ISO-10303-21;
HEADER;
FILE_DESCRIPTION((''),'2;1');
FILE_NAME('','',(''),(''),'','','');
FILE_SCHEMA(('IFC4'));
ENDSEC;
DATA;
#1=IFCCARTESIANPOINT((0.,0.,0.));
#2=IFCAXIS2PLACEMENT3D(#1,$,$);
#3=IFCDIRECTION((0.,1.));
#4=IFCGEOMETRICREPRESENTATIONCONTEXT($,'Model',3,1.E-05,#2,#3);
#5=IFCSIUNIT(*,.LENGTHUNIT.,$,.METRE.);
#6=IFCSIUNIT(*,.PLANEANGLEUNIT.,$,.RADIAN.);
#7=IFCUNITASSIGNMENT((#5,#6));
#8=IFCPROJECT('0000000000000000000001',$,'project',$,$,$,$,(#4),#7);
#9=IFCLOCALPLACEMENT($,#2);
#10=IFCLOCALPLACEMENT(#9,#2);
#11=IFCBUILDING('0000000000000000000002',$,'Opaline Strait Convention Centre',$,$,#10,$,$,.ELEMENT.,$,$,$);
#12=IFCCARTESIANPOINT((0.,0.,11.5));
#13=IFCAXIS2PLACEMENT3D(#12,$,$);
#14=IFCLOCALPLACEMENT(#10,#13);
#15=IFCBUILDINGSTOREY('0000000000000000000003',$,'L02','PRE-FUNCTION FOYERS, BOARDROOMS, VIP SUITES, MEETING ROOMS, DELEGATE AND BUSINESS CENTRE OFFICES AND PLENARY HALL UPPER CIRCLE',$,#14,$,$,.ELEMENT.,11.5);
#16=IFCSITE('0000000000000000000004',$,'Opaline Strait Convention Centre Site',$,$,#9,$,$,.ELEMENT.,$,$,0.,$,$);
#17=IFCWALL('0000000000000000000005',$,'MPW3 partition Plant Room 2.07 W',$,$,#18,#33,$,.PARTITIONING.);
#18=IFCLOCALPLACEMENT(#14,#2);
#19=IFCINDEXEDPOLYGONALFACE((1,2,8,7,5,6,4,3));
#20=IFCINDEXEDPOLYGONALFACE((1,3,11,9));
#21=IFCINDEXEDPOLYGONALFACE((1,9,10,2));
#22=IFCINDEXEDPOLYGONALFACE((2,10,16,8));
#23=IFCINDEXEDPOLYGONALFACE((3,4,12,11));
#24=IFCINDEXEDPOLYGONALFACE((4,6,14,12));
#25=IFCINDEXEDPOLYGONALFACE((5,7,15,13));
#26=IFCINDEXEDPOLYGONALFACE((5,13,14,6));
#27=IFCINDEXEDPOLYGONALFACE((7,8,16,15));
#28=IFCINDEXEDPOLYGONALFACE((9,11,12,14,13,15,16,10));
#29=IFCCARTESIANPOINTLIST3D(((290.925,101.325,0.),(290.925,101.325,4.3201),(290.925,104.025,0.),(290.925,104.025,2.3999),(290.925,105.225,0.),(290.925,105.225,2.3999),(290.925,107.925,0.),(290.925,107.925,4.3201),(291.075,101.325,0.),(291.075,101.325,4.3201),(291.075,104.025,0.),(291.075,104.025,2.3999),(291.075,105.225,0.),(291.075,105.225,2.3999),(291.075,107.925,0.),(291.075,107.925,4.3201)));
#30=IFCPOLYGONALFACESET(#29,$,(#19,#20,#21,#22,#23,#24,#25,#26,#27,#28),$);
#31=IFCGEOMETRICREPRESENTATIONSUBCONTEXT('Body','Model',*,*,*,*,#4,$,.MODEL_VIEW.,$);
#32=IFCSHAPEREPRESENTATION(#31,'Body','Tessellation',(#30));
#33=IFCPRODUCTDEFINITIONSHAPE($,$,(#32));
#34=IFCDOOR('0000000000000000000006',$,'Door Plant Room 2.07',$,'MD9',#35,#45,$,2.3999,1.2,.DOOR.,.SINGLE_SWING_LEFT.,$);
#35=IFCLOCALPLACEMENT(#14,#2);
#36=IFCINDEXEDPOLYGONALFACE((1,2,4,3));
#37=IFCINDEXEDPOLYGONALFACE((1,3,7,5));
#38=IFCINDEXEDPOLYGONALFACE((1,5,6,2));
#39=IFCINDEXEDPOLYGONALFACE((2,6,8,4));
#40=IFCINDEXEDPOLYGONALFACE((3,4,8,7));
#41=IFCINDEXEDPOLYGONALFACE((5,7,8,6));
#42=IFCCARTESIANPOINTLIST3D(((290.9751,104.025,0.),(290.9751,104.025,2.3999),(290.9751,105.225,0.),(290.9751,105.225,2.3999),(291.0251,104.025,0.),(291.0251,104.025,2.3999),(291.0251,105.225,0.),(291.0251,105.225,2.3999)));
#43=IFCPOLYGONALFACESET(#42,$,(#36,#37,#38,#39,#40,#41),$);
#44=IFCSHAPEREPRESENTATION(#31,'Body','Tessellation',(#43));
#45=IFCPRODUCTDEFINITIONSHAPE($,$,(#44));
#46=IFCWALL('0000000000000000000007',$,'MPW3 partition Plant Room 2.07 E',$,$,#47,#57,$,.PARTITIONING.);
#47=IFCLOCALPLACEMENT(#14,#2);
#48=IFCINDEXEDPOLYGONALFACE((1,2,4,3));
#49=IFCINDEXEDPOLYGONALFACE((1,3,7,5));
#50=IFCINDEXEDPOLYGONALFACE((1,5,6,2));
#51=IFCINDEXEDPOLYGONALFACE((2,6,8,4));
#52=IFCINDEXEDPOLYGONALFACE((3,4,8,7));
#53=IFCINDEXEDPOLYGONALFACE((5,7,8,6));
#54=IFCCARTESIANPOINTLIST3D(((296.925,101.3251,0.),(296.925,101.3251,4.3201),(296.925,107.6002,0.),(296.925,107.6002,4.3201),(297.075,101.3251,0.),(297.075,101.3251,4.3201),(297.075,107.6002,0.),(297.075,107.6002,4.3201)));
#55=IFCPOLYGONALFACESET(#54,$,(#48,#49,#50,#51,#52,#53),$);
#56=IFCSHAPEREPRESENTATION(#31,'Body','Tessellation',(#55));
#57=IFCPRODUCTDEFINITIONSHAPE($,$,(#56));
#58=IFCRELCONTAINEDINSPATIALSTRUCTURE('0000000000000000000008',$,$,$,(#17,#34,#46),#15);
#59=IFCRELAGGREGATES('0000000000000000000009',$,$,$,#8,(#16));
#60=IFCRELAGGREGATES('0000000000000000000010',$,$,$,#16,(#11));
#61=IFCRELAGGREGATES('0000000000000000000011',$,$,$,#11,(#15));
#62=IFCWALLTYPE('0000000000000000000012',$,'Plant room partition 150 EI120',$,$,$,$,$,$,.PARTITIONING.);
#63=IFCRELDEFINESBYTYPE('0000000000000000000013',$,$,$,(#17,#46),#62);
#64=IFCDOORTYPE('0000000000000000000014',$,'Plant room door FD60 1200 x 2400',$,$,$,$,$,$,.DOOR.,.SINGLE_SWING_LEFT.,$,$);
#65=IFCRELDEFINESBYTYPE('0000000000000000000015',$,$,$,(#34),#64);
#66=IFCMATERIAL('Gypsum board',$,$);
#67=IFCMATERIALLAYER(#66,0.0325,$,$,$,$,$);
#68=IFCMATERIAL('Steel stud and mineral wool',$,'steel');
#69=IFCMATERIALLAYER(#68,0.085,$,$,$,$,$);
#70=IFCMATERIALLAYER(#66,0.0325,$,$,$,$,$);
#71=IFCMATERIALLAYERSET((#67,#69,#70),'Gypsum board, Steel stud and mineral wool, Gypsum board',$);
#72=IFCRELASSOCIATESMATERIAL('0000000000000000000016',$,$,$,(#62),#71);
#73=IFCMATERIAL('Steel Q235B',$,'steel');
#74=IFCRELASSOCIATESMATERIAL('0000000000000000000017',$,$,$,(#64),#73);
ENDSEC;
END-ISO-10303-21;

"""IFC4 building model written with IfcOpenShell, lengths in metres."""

from ifc_helpers import new_model, si_unit, direction, frame, frame_2d, origin, place, context, subcontext, project, spatial, rectangle, extrude, material, layer, layer_set, type_object, element, fill, save


model = new_model("IFC4")

# Units and contexts
model_context = context("Model", 3, precision=1e-05, world=origin(), true_north=direction((0.0, 1.0)))
body_context = subcontext(model_context, "Body", "Model", "MODEL_VIEW")
ifc_project = project(units=[si_unit("LENGTHUNIT", "METRE"), si_unit("PLANEANGLEUNIT", "RADIAN")], contexts=[model_context])

# Site, building, storey
site_placement = place(None, origin())
site = spatial("IfcSite", under=ifc_project, at=site_placement, Name="Opaline Strait Convention Centre Site", CompositionType="ELEMENT", RefElevation=0.0)
building_placement = place(site_placement, origin())
building = spatial("IfcBuilding", under=site, at=building_placement, Name="Opaline Strait Convention Centre", CompositionType="ELEMENT")
storey_placement = place(building_placement, frame((0.0, 0.0, 11.5)))
storey = spatial("IfcBuildingStorey", under=building, at=storey_placement, Name="L02", Description="PRE-FUNCTION FOYERS, BOARDROOMS, VIP SUITES, MEETING ROOMS, DELEGATE AND BUSINESS CENTRE OFFICES AND PLENARY HALL UPPER CIRCLE", CompositionType="ELEMENT", Elevation=11.5)

# Shared definitions
ifc_material_1 = material(Name="Gypsum board")
ifc_material_2 = material(Name="Steel stud and mineral wool", Category="steel")

# Shared definitions
ifc_layer_1 = layer(ifc_material_1, 0.0325)
ifc_layer_2 = layer(ifc_material_2, 0.085)
ifc_layer_3 = layer(ifc_material_1, 0.0325)
ifc_layer_set_1 = layer_set([ifc_layer_1, ifc_layer_2, ifc_layer_3], Name="Gypsum board, Steel stud and mineral wool, Gypsum board")
wall_type_1 = type_object("IfcWallType", Name="Plant room partition 150 EI120", PredefinedType="PARTITIONING", material=ifc_layer_set_1)

# Wall, opening, door
wall_1_placement = place(storey_placement, frame((291.0, 101.325, 0.0), z_axis=(0.0, 0.0, 1.0), x_axis=(0.0, 1.0, 0.0)))
wall_1 = element("IfcWall", 1, at=wall_1_placement, inside=storey, type_object=wall_type_1, Name="MPW3 partition Plant Room 2.07 W", PredefinedType="PARTITIONING", context=body_context, shape_type="SweptSolid", body=[
    extrude(rectangle(XDim=6.6001, YDim=0.1499, at=frame_2d((3.3, 0.0))), origin(), (0.0, 0.0, 1.0), 4.3201),
])
opening_1_placement = place(wall_1_placement, frame((2.7, 0.0, 0.0)))
opening_1 = element("IfcOpeningElement", 2, at=opening_1_placement, cuts=wall_1, PredefinedType="OPENING", context=body_context, shape_type="SweptSolid", body=[
    extrude(rectangle(XDim=1.2, YDim=2.3999, at=frame_2d((0.6001, 1.2))), frame((0.0, 0.085, 0.0), z_axis=(0.0, -1.0, 0.0), x_axis=(1.0, 0.0, 0.0)), (0.0, 0.0, 1.0), 0.1699),
])
ifc_material_3 = material(Name="Steel Q235B", Category="steel")
door_type_1 = type_object("IfcDoorType", Name="Plant room door FD60 1200 x 2400", OperationType="SINGLE_SWING_LEFT", PredefinedType="DOOR", material=ifc_material_3)
door_1_placement = place(opening_1_placement, origin())
door_1 = element("IfcDoor", 3, at=door_1_placement, inside=storey, type_object=door_type_1, Name="Door Plant Room 2.07", ObjectType="MD9", OperationType="SINGLE_SWING_LEFT", OverallHeight=2.3999, OverallWidth=1.2, PredefinedType="DOOR", context=body_context, shape_type="SweptSolid", body=[
    extrude(rectangle(XDim=1.2, YDim=2.3999, at=frame_2d((0.6001, 1.2))), frame((0.0, 0.0249, 0.0), z_axis=(0.0, -1.0, 0.0), x_axis=(1.0, 0.0, 0.0)), (0.0, 0.0, 1.0), 0.05),
])
fill(opening_1, door_1)

# Wall
wall_2_placement = place(storey_placement, frame((297.0, 101.325, 0.0), z_axis=(0.0, 0.0, 1.0), x_axis=(0.0, 1.0, 0.0)))
element("IfcWall", 4, at=wall_2_placement, inside=storey, type_object=wall_type_1, Name="MPW3 partition Plant Room 2.07 E", PredefinedType="PARTITIONING", context=body_context, shape_type="SweptSolid", body=[
    extrude(rectangle(XDim=6.2751, YDim=0.1499, at=frame_2d((3.1377, 0.0))), origin(), (0.0, 0.0, 1.0), 4.3201),
])

save(model, "model.ifc")
